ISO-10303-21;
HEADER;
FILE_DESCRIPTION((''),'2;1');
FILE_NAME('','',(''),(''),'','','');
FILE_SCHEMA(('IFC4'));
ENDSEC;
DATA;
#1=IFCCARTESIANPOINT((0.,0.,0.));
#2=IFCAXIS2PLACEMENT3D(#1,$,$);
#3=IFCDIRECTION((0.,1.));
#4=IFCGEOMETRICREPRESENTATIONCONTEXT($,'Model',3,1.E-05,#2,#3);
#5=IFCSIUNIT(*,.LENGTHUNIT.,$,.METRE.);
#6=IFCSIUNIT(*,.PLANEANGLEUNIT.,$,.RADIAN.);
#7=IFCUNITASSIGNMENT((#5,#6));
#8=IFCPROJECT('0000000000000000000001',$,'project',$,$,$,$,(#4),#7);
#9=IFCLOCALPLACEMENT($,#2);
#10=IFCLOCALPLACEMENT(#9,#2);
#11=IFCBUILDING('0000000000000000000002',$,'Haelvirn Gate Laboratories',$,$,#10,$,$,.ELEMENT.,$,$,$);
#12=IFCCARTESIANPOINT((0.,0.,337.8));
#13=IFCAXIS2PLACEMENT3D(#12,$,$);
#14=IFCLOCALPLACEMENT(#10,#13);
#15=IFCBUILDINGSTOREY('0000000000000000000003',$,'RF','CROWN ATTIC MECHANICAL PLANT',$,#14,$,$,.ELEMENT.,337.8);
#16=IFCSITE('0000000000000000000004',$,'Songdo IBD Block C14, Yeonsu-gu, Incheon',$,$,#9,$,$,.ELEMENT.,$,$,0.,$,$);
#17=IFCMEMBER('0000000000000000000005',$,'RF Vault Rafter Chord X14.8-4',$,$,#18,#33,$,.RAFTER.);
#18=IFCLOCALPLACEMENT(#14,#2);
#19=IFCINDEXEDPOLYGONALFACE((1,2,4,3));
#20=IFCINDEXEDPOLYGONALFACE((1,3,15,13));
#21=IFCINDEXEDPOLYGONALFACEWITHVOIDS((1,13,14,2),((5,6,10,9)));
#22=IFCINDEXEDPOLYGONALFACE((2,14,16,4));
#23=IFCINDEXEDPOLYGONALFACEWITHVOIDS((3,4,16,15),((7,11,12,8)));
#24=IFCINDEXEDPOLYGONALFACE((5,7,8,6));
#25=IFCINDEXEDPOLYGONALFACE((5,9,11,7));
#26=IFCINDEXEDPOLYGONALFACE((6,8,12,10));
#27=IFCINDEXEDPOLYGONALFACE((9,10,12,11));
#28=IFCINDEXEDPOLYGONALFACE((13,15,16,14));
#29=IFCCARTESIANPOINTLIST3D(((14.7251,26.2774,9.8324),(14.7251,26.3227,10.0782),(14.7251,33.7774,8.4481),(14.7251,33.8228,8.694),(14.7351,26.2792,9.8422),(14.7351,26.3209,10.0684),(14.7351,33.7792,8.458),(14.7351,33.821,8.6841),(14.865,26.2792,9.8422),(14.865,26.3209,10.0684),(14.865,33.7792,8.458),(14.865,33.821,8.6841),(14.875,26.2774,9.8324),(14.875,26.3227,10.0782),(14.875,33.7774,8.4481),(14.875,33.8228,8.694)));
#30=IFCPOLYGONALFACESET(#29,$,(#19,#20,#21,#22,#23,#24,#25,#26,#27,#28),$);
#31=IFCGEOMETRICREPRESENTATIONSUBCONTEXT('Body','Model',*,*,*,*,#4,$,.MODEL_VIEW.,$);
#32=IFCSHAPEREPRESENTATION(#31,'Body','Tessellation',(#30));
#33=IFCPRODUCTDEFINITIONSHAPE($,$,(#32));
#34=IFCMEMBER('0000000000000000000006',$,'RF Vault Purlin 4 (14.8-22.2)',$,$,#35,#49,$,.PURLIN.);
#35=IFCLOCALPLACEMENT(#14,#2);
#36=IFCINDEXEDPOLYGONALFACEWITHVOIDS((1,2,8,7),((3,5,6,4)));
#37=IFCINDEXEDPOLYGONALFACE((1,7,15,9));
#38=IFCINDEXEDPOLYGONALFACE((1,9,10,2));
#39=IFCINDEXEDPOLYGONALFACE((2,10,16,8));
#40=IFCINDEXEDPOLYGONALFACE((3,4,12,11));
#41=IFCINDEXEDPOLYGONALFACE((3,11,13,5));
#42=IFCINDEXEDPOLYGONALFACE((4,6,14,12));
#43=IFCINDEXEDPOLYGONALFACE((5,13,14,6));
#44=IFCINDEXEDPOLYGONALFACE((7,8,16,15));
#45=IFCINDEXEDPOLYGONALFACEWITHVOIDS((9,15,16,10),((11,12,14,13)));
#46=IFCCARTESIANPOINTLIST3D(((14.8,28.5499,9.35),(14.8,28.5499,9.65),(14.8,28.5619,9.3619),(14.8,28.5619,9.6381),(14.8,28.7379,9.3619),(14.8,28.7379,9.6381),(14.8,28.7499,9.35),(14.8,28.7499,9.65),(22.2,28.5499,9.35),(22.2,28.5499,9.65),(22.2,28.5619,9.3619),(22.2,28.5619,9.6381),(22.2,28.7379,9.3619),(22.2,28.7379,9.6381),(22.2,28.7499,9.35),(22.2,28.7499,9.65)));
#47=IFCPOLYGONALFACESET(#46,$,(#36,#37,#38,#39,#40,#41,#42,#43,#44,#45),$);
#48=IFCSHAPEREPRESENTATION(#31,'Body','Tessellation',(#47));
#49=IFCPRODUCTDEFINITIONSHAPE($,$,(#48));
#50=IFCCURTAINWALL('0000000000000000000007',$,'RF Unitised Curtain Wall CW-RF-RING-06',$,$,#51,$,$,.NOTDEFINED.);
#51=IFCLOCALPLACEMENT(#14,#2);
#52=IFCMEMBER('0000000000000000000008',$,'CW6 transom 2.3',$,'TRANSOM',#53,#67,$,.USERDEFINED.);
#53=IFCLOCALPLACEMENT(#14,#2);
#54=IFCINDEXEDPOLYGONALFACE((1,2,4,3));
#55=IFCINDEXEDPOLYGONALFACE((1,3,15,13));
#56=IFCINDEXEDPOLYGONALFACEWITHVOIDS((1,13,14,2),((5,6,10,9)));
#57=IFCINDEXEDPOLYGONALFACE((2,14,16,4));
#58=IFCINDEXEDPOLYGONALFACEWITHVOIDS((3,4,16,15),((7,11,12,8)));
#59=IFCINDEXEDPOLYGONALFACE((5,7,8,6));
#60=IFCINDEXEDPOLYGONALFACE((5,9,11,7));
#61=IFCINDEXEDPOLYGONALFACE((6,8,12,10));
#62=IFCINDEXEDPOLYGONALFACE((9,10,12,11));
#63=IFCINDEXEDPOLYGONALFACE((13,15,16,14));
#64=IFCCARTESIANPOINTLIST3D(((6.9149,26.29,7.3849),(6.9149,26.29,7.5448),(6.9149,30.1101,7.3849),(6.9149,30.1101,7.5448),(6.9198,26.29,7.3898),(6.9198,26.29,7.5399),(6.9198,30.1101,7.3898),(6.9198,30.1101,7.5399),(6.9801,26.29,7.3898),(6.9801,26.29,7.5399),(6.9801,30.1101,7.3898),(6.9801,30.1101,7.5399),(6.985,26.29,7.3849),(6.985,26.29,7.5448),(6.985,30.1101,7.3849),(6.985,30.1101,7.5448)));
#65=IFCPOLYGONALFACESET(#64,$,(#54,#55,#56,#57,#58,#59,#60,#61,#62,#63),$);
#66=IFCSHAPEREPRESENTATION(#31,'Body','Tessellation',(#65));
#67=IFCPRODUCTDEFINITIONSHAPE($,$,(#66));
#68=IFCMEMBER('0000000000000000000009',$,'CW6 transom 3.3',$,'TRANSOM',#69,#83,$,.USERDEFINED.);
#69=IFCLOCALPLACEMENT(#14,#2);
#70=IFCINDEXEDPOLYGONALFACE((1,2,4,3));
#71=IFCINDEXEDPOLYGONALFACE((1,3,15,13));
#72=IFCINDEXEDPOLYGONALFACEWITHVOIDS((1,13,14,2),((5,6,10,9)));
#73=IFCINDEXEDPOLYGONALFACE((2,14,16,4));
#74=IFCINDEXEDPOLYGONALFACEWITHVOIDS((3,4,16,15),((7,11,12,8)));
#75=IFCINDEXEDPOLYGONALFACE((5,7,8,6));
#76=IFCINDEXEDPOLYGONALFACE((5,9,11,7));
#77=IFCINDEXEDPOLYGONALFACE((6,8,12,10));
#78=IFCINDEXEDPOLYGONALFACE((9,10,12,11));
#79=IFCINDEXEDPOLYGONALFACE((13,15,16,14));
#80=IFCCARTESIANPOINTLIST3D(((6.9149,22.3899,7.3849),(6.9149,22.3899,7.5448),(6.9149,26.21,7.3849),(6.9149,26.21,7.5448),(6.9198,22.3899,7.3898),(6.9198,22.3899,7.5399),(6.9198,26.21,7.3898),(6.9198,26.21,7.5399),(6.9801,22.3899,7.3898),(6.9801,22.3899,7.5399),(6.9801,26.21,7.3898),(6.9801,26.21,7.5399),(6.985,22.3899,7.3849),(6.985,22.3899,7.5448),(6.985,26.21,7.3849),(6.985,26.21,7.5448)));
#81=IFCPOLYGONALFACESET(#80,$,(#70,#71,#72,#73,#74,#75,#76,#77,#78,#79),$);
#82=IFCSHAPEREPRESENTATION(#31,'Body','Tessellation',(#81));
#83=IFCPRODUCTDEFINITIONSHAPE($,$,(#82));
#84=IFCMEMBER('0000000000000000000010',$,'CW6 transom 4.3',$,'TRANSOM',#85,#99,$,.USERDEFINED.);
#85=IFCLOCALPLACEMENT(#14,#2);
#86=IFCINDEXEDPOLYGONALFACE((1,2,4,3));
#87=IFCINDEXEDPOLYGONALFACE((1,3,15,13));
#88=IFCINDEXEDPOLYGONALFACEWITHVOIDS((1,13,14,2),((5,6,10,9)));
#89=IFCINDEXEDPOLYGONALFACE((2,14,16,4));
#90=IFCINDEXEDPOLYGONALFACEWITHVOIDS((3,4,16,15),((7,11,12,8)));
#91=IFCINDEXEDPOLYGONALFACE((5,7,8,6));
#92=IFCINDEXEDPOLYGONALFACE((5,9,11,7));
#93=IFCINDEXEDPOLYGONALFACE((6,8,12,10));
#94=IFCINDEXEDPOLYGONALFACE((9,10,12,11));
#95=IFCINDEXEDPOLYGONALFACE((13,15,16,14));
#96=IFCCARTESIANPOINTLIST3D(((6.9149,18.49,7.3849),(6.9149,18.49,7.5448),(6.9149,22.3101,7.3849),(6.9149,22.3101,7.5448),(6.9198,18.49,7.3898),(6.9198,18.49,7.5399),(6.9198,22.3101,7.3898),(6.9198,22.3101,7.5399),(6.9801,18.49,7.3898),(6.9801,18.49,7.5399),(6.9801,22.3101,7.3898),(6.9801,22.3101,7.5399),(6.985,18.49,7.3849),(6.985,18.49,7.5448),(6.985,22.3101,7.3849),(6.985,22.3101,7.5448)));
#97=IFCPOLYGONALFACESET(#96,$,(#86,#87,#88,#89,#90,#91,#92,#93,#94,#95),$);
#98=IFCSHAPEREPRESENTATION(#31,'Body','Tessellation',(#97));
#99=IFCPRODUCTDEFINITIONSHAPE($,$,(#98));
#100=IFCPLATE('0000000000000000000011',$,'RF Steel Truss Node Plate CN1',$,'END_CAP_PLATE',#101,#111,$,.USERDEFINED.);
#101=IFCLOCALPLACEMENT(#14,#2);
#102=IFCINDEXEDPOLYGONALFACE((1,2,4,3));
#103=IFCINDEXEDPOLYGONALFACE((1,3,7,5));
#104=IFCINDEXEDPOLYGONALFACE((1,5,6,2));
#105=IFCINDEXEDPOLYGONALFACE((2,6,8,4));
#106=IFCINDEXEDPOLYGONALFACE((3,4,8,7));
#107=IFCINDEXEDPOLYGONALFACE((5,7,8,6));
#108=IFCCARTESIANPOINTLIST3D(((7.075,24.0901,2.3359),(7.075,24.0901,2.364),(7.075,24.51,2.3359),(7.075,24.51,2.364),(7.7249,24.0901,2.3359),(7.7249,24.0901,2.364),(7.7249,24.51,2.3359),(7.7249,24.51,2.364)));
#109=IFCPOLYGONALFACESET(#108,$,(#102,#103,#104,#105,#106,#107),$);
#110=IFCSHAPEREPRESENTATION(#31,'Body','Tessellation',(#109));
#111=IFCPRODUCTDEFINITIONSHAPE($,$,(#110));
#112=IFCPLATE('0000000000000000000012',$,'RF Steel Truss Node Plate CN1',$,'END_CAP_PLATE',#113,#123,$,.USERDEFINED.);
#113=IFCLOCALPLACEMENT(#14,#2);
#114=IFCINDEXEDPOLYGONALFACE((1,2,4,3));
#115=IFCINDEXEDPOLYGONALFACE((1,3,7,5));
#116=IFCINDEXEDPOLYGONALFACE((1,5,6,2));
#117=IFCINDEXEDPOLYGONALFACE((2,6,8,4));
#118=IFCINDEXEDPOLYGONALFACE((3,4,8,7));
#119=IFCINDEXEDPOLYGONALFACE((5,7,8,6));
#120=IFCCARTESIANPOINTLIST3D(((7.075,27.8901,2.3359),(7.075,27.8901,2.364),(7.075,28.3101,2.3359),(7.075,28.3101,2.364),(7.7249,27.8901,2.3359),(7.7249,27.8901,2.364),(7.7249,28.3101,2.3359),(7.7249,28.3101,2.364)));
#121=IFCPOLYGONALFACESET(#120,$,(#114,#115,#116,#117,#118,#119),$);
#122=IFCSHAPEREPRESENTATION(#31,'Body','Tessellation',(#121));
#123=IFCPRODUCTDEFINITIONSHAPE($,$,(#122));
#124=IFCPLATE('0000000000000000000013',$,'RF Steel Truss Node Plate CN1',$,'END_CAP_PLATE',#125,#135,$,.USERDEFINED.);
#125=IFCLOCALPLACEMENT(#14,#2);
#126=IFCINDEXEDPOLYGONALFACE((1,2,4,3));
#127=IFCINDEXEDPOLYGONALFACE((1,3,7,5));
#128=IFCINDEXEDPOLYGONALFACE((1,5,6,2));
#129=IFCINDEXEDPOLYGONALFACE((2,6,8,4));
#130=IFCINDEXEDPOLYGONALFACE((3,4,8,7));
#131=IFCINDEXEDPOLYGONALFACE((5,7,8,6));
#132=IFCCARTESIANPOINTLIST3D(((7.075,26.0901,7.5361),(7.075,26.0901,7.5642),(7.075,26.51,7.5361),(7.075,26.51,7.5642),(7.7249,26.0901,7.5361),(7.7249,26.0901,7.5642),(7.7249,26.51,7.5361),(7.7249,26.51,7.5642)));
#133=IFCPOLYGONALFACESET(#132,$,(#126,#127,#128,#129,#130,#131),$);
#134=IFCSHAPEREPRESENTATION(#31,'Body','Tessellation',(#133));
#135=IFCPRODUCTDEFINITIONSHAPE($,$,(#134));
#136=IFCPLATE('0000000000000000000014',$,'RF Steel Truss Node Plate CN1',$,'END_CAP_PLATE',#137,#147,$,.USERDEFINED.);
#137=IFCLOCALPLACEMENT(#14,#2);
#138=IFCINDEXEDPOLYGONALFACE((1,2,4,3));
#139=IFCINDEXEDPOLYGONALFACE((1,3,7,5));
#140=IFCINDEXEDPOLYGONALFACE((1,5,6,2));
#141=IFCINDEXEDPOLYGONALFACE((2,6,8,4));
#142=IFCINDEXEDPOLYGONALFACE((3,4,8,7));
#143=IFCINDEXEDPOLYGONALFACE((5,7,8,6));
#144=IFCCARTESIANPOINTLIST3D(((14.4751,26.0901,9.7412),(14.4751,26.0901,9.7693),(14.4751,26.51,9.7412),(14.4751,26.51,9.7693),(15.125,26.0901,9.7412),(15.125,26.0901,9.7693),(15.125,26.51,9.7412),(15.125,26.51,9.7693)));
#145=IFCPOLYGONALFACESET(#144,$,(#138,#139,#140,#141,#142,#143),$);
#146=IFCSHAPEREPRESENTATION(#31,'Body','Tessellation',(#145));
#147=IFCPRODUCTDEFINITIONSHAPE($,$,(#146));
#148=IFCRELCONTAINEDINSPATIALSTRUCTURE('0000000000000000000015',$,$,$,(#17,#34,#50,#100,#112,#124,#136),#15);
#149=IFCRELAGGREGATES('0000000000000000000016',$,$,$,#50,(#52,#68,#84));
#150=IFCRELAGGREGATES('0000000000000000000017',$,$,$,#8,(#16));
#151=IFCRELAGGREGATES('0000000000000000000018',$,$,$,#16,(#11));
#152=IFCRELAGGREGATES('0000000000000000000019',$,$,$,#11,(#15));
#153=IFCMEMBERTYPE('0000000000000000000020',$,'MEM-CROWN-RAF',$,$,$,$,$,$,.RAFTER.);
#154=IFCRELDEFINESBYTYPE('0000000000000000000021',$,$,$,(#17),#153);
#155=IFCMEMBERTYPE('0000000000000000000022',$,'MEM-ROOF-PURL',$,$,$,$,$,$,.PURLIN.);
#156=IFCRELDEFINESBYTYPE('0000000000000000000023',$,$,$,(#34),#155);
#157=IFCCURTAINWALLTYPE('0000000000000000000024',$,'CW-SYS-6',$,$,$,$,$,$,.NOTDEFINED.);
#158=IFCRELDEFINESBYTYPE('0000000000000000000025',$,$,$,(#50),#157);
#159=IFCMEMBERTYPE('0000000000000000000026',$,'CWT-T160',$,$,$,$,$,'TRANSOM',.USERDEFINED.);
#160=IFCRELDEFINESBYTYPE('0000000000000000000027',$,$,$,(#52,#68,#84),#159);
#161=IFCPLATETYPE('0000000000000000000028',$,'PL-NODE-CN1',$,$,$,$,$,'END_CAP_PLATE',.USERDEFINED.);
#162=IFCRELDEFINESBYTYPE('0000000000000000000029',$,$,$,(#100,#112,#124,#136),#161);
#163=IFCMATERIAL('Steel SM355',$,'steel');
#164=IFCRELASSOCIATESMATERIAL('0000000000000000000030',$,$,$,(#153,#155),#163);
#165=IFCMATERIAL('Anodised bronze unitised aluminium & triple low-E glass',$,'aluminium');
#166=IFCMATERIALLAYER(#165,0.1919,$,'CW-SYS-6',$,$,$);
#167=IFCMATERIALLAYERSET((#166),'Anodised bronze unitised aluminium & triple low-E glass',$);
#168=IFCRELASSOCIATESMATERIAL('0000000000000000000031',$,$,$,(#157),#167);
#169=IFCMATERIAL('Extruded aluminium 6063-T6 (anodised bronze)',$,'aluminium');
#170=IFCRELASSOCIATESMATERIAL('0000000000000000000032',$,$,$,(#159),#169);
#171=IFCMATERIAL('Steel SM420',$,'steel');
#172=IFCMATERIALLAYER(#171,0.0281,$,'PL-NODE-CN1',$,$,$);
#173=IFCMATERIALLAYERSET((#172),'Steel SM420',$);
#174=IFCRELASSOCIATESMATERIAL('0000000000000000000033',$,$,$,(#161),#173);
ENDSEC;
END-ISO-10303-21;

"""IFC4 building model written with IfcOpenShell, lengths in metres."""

from ifc_helpers import new_model, si_unit, direction, frame, origin, origin_2d, place, context, subcontext, project, spatial, rectangle, hollow_rectangle, extrude, source, transform, mapped, material, layer, layer_set, material_profile, profile_set, type_object, type_shapes, element, aggregate, save


model = new_model("IFC4")

# Units and contexts
model_context = context("Model", 3, precision=1e-05, world=origin(), true_north=direction((0.0, 1.0)))
body_context = subcontext(model_context, "Body", "Model", "MODEL_VIEW")
ifc_project = project(units=[si_unit("LENGTHUNIT", "METRE"), si_unit("PLANEANGLEUNIT", "RADIAN")], contexts=[model_context])

# Site, building, storey
site_placement = place(None, origin())
site = spatial("IfcSite", under=ifc_project, at=site_placement, Name="Songdo IBD Block C14, Yeonsu-gu, Incheon", CompositionType="ELEMENT", RefElevation=0.0)
building_placement = place(site_placement, origin())
building = spatial("IfcBuilding", under=site, at=building_placement, Name="Haelvirn Gate Laboratories", CompositionType="ELEMENT")
storey_placement = place(building_placement, frame((0.0, 0.0, 337.8)))
storey = spatial("IfcBuildingStorey", under=building, at=storey_placement, Name="RF", Description="CROWN ATTIC MECHANICAL PLANT", CompositionType="ELEMENT", Elevation=337.8)

# Shared definitions
ifc_material_1 = material(Name="Steel SM355", Category="steel")

# Members
ifc_material_2 = material(Name="Steel SM420", Category="steel")
ifc_material_profile_1 = material_profile(ifc_material_1, hollow_rectangle(XDim=0.1499, YDim=0.25, WallThickness=0.01, at=origin_2d()), Name="RHS-250x150x10")
ifc_profile_set_1 = profile_set([ifc_material_profile_1], Name="Steel SM355")
member_type_1 = type_object("IfcMemberType", Name="MEM-CROWN-RAF", PredefinedType="RAFTER", material=ifc_profile_set_1)
shared_shape_1 = source(origin(), body_context, "Body", "SweptSolid", [
    extrude(hollow_rectangle(XDim=0.1499, YDim=0.25, WallThickness=0.01, at=origin_2d()), origin(), (0.0, 0.0, 1.0), 7.6267),
])
type_shapes(member_type_1, [shared_shape_1])
for number, where, z_axis, x_axis, name in (
    (1, (14.8, 26.3, 9.9553), (0.0, 0.98339, -0.181505), (-1.0, 0.0, 0.0), "RF Vault Rafter Chord X14.8-4"),
):
    element("IfcMember", number, at=place(storey_placement, frame(where, z_axis=z_axis, x_axis=x_axis)), inside=storey, type_object=member_type_1, Name=name, PredefinedType="RAFTER", context=body_context, shape_type="MappedRepresentation", body=[
        mapped(shared_shape_1, transform((0.0, 0.0, 0.0), scale=1.0)),
    ])
ifc_material_profile_2 = material_profile(ifc_material_1, hollow_rectangle(XDim=0.2, YDim=0.3, WallThickness=0.012, at=origin_2d()), Name="RHS-300x200x12")
ifc_profile_set_2 = profile_set([ifc_material_profile_2], Name="Steel SM355")
member_type_2 = type_object("IfcMemberType", Name="MEM-ROOF-PURL", PredefinedType="PURLIN", material=ifc_profile_set_2)
shared_shape_2 = source(origin(), body_context, "Body", "SweptSolid", [
    extrude(hollow_rectangle(XDim=0.2, YDim=0.3, WallThickness=0.012, at=origin_2d()), origin(), (0.0, 0.0, 1.0), 7.3999),
])
type_shapes(member_type_2, [shared_shape_2])
member_1_placement = place(storey_placement, frame((14.8, 28.6499, 9.5), z_axis=(1.0, 0.0, 0.0), x_axis=(0.0, 1.0, 0.0)))
element("IfcMember", 2, at=member_1_placement, inside=storey, type_object=member_type_2, Name="RF Vault Purlin 4 (14.8-22.2)", PredefinedType="PURLIN", context=body_context, shape_type="MappedRepresentation", body=[
    mapped(shared_shape_2, transform((0.0, 0.0, 0.0), scale=1.0)),
])

# Curtain wall, members
ifc_material_3 = material(Name="Anodised bronze unitised aluminium & triple low-E glass", Category="aluminium")
ifc_layer_1 = layer(ifc_material_3, 0.1919, Name="CW-SYS-6")
ifc_layer_set_1 = layer_set([ifc_layer_1], Name="Anodised bronze unitised aluminium & triple low-E glass")
curtain_wall_type = type_object("IfcCurtainWallType", Name="CW-SYS-6", PredefinedType="NOTDEFINED", material=ifc_layer_set_1)
curtain_wall_placement = place(storey_placement, origin())
curtain_wall = element("IfcCurtainWall", 3, at=curtain_wall_placement, inside=storey, type_object=curtain_wall_type, Name="RF Unitised Curtain Wall CW-RF-RING-06", PredefinedType="NOTDEFINED")
ifc_material_4 = material(Name="Extruded aluminium 6063-T6 (anodised bronze)", Category="aluminium")
ifc_material_profile_3 = material_profile(ifc_material_4, hollow_rectangle(XDim=0.0701, YDim=0.1599, WallThickness=0.0049, at=origin_2d()), Name="CWT-160x70x5")
ifc_profile_set_3 = profile_set([ifc_material_profile_3], Name="Extruded aluminium 6063-T6 (anodised bronze)")
member_type_3 = type_object("IfcMemberType", Name="CWT-T160", ElementType="TRANSOM", PredefinedType="USERDEFINED", material=ifc_profile_set_3)
shared_shape_3 = source(origin(), body_context, "Body", "SweptSolid", [
    extrude(hollow_rectangle(XDim=0.0701, YDim=0.1599, WallThickness=0.0049, at=origin_2d()), origin(), (0.0, 0.0, 1.0), 3.8201),
])
type_shapes(member_type_3, [shared_shape_3])
member_2_placement = place(storey_placement, frame((6.95, 30.1101, 7.4648), z_axis=(0.0, -1.0, 0.0), x_axis=(1.0, 0.0, 0.0)))
member_2 = element("IfcMember", 4, at=member_2_placement, type_object=member_type_3, Name="CW6 transom 2.3", ObjectType="TRANSOM", PredefinedType="USERDEFINED", context=body_context, shape_type="MappedRepresentation", body=[
    mapped(shared_shape_3, transform((0.0, 0.0, 0.0), scale=1.0)),
])
member_3_placement = place(storey_placement, frame((6.95, 26.21, 7.4648), z_axis=(0.0, -1.0, 0.0), x_axis=(1.0, 0.0, 0.0)))
member_3 = element("IfcMember", 5, at=member_3_placement, type_object=member_type_3, Name="CW6 transom 3.3", ObjectType="TRANSOM", PredefinedType="USERDEFINED", context=body_context, shape_type="MappedRepresentation", body=[
    mapped(shared_shape_3, transform((0.0, 0.0, 0.0), scale=1.0)),
])
member_4_placement = place(storey_placement, frame((6.95, 22.3101, 7.4648), z_axis=(0.0, -1.0, 0.0), x_axis=(1.0, 0.0, 0.0)))
member_4 = element("IfcMember", 6, at=member_4_placement, type_object=member_type_3, Name="CW6 transom 4.3", ObjectType="TRANSOM", PredefinedType="USERDEFINED", context=body_context, shape_type="MappedRepresentation", body=[
    mapped(shared_shape_3, transform((0.0, 0.0, 0.0), scale=1.0)),
])
aggregate(curtain_wall, [member_2, member_3, member_4])

# Plates
ifc_layer_2 = layer(ifc_material_2, 0.0281, Name="PL-NODE-CN1")
ifc_layer_set_2 = layer_set([ifc_layer_2], Name="Steel SM420")
plate_type = type_object("IfcPlateType", Name="PL-NODE-CN1", ElementType="END_CAP_PLATE", PredefinedType="USERDEFINED", material=ifc_layer_set_2)
shared_shape_4 = source(origin(), body_context, "Body", "SweptSolid", [
    extrude(rectangle(XDim=0.6499, YDim=0.4199, at=origin_2d()), origin(), (0.0, 0.0, 1.0), 0.0281),
])
type_shapes(plate_type, [shared_shape_4])
for number, where, z_axis, x_axis, name in (
    (7, (7.3999, 24.3, 2.3359), (0.0, 0.0, 1.0), (1.0, 0.0, 0.0), "RF Steel Truss Node Plate CN1"),
    (8, (7.3999, 28.1001, 2.3359), (0.0, 0.0, 1.0), (1.0, 0.0, 0.0), "RF Steel Truss Node Plate CN1"),
    (9, (7.3999, 26.3, 7.5361), (0.0, 0.0, 1.0), (1.0, 0.0, 0.0), "RF Steel Truss Node Plate CN1"),
    (10, (14.8, 26.3, 9.7412), (0.0, 0.0, 1.0), (1.0, 0.0, 0.0), "RF Steel Truss Node Plate CN1"),
):
    element("IfcPlate", number, at=place(storey_placement, frame(where, z_axis=z_axis, x_axis=x_axis)), inside=storey, type_object=plate_type, Name=name, ObjectType="END_CAP_PLATE", PredefinedType="USERDEFINED", context=body_context, shape_type="MappedRepresentation", body=[
        mapped(shared_shape_4, transform((0.0, 0.0, 0.0), scale=1.0)),
    ])

save(model, "model.ifc")
